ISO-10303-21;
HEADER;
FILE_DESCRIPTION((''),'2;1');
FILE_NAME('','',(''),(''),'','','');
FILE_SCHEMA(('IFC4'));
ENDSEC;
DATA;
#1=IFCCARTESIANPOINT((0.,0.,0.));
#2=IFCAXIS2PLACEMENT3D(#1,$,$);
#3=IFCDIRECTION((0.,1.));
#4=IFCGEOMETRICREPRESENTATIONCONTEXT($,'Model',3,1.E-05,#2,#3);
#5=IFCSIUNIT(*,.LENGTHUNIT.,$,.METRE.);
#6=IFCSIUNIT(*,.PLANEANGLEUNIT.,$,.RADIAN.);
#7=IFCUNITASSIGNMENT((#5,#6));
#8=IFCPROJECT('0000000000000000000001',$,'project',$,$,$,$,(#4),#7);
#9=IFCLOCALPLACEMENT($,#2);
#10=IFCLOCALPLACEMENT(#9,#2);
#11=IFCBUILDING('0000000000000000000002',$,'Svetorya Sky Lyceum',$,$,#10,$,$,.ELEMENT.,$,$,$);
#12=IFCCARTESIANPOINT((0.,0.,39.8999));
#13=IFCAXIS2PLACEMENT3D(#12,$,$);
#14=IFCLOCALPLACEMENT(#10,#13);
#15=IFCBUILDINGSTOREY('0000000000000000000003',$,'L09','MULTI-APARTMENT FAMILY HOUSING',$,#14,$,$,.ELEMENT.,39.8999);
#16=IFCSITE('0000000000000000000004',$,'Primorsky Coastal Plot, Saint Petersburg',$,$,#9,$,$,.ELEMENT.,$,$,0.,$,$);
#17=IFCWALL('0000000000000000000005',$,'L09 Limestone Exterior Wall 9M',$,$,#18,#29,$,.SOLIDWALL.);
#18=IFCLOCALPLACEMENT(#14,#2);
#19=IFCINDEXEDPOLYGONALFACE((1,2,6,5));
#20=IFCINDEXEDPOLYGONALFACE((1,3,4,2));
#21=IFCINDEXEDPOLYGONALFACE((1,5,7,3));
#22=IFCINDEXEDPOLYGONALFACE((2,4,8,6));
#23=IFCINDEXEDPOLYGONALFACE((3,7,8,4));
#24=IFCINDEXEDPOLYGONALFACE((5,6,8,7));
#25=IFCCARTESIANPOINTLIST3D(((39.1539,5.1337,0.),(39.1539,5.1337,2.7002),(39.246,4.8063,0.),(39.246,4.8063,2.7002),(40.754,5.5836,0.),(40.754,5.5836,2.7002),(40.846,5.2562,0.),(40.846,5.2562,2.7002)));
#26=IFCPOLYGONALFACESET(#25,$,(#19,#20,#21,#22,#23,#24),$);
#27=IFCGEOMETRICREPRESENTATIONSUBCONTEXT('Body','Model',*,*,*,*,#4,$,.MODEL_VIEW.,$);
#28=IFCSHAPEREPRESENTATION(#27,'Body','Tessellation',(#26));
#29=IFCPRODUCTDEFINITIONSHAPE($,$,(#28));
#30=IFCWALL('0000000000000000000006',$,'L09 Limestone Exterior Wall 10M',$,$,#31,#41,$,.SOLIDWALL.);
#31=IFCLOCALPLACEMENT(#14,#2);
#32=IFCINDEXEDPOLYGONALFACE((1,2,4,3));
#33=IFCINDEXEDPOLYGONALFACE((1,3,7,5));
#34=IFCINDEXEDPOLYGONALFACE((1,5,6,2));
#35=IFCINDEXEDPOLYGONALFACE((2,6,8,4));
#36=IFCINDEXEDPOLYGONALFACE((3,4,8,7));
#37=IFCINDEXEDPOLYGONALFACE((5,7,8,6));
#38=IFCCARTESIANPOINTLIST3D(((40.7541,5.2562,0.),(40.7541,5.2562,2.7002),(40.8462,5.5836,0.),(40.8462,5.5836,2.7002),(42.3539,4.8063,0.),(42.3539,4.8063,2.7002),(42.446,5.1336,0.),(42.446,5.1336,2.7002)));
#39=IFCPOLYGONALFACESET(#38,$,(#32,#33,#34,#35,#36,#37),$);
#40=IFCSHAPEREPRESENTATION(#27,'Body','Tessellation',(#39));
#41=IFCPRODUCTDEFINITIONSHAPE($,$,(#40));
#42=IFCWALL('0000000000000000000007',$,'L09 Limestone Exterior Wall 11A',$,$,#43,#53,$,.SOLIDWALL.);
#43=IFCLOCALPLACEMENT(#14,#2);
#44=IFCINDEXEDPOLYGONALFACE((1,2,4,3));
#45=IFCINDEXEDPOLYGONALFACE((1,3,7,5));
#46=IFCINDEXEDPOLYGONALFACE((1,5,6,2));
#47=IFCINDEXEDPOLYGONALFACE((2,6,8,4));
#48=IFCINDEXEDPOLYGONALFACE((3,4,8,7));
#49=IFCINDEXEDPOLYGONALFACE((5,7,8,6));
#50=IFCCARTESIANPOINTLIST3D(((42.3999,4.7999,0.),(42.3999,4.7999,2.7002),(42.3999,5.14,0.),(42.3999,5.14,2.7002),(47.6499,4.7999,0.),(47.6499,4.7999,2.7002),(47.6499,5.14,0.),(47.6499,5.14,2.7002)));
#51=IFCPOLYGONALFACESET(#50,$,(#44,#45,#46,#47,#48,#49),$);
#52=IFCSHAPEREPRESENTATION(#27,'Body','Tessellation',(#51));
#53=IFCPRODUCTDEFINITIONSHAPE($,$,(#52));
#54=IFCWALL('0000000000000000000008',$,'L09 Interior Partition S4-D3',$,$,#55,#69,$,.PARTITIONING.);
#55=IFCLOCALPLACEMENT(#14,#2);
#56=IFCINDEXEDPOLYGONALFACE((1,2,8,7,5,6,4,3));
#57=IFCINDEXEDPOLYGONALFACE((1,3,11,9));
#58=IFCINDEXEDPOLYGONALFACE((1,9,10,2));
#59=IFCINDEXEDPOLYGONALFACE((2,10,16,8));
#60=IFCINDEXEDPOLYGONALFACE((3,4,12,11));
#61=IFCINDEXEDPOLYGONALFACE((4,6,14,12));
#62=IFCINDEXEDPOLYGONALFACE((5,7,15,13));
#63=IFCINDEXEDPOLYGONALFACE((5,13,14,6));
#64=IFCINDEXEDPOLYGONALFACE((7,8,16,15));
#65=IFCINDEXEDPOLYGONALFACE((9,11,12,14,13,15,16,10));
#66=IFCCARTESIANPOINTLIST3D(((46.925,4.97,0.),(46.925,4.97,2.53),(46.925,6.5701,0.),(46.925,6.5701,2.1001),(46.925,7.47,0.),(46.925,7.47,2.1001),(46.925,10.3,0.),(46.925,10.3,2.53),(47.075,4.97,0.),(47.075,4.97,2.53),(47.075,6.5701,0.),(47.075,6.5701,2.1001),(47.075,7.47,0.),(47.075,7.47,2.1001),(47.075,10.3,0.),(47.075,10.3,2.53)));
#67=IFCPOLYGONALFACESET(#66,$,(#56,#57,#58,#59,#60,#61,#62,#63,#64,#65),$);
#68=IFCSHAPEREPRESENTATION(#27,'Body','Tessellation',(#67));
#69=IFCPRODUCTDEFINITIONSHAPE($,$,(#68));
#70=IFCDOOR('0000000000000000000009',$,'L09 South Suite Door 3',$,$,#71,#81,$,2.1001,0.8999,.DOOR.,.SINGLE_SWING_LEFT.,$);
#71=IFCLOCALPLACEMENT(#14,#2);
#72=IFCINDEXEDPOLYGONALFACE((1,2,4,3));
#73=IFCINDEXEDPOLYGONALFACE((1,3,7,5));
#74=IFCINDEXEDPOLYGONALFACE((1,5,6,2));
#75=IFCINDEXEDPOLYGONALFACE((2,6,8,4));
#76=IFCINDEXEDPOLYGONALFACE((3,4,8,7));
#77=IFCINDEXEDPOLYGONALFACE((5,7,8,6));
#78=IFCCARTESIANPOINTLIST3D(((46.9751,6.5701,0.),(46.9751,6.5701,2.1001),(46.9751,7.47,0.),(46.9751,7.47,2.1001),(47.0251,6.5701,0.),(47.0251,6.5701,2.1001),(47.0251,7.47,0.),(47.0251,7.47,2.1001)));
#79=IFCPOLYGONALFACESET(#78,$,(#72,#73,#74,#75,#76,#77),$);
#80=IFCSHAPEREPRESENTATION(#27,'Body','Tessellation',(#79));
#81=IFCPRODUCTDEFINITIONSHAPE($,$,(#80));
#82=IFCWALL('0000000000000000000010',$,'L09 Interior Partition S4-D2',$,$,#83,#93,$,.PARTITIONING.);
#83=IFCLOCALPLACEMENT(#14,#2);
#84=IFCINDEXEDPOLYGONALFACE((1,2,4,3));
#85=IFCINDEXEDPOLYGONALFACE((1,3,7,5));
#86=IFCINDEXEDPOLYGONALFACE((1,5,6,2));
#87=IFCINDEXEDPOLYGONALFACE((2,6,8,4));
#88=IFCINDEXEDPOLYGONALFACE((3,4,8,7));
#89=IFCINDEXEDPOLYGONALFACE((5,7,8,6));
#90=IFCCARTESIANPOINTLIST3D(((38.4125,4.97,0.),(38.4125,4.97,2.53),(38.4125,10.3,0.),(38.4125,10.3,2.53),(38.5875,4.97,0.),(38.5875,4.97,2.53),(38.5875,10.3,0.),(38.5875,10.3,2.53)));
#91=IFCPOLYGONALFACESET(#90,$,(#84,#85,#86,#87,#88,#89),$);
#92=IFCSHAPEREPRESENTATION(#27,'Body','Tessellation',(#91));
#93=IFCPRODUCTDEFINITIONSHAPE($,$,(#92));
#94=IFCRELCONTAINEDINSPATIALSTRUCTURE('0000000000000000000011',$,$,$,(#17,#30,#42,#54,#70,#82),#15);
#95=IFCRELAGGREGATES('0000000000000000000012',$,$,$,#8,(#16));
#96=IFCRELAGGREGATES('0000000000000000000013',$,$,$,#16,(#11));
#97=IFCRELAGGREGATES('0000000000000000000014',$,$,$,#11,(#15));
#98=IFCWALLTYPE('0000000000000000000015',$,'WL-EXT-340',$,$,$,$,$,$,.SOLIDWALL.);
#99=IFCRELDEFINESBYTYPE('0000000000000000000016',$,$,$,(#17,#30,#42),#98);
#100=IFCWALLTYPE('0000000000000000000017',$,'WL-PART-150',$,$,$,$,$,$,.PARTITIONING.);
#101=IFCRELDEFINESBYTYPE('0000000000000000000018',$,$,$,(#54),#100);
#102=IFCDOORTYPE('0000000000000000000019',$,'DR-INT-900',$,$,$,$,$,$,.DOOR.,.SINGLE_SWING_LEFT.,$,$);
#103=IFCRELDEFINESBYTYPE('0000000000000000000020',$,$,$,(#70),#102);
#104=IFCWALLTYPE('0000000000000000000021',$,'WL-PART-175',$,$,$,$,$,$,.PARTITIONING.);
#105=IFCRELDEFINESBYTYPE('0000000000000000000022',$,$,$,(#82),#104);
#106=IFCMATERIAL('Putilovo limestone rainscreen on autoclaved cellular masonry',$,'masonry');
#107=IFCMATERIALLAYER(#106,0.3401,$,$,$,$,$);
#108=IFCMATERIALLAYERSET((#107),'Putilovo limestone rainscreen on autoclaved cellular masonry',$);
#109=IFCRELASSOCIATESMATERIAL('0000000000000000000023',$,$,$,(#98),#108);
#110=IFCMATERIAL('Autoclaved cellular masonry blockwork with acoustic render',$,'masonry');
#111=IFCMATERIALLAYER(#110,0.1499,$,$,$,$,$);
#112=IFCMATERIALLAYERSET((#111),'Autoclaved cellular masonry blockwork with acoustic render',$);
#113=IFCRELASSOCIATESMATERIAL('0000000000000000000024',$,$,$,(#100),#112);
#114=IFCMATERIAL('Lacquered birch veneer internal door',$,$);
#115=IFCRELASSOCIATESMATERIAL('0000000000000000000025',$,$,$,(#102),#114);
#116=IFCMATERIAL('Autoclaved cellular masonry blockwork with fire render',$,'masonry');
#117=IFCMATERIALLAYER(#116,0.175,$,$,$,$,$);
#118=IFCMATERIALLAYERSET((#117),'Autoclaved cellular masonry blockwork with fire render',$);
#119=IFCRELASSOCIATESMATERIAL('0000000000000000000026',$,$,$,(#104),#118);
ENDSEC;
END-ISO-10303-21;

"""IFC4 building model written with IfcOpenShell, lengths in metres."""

from ifc_helpers import new_model, si_unit, direction, frame, frame_2d, origin, place, context, subcontext, project, spatial, rectangle, extrude, material, layer, layer_set, type_object, element, fill, save


model = new_model("IFC4")

# Units and contexts
model_context = context("Model", 3, precision=1e-05, world=origin(), true_north=direction((0.0, 1.0)))
body_context = subcontext(model_context, "Body", "Model", "MODEL_VIEW")
ifc_project = project(units=[si_unit("LENGTHUNIT", "METRE"), si_unit("PLANEANGLEUNIT", "RADIAN")], contexts=[model_context])

# Site, building, storey
site_placement = place(None, origin())
site = spatial("IfcSite", under=ifc_project, at=site_placement, Name="Primorsky Coastal Plot, Saint Petersburg", CompositionType="ELEMENT", RefElevation=0.0)
building_placement = place(site_placement, origin())
building = spatial("IfcBuilding", under=site, at=building_placement, Name="Svetorya Sky Lyceum", CompositionType="ELEMENT")
storey_placement = place(building_placement, frame((0.0, 0.0, 39.8999)))
storey = spatial("IfcBuildingStorey", under=building, at=storey_placement, Name="L09", Description="MULTI-APARTMENT FAMILY HOUSING", CompositionType="ELEMENT", Elevation=39.8999)

# Walls
ifc_material_1 = material(Name="Putilovo limestone rainscreen on autoclaved cellular masonry", Category="masonry")
ifc_layer_1 = layer(ifc_material_1, 0.3401)
ifc_layer_set_1 = layer_set([ifc_layer_1], Name="Putilovo limestone rainscreen on autoclaved cellular masonry")
wall_type_1 = type_object("IfcWallType", Name="WL-EXT-340", PredefinedType="SOLIDWALL", material=ifc_layer_set_1)
wall_1_placement = place(storey_placement, frame((39.2, 4.97, 0.0), z_axis=(0.0, 0.0, 1.0), x_axis=(0.962663, 0.270703, 0.0)))
element("IfcWall", 1, at=wall_1_placement, inside=storey, type_object=wall_type_1, Name="L09 Limestone Exterior Wall 9M", PredefinedType="SOLIDWALL", context=body_context, shape_type="SweptSolid", body=[
    extrude(rectangle(XDim=1.6621, YDim=0.3401, at=frame_2d((0.8311, 0.0))), origin(), (0.0, 0.0, 1.0), 2.7002),
])
wall_2_placement = place(storey_placement, frame((40.8, 5.4199, 0.0), z_axis=(0.0, 0.0, 1.0), x_axis=(0.962652, -0.270741, 0.0)))
element("IfcWall", 2, at=wall_2_placement, inside=storey, type_object=wall_type_1, Name="L09 Limestone Exterior Wall 10M", PredefinedType="SOLIDWALL", context=body_context, shape_type="SweptSolid", body=[
    extrude(rectangle(XDim=1.6619, YDim=0.3401, at=frame_2d((0.8311, 0.0))), origin(), (0.0, 0.0, 1.0), 2.7002),
])
wall_3_placement = place(storey_placement, frame((42.3999, 4.97, 0.0), z_axis=(0.0, 0.0, 1.0), x_axis=(1.0, 0.0, 0.0)))
element("IfcWall", 3, at=wall_3_placement, inside=storey, type_object=wall_type_1, Name="L09 Limestone Exterior Wall 11A", PredefinedType="SOLIDWALL", context=body_context, shape_type="SweptSolid", body=[
    extrude(rectangle(XDim=5.25, YDim=0.3401, at=frame_2d((2.625, 0.0))), origin(), (0.0, 0.0, 1.0), 2.7002),
])

# Wall, opening, door
ifc_material_2 = material(Name="Autoclaved cellular masonry blockwork with acoustic render", Category="masonry")
ifc_layer_2 = layer(ifc_material_2, 0.1499)
ifc_layer_set_2 = layer_set([ifc_layer_2], Name="Autoclaved cellular masonry blockwork with acoustic render")
wall_type_2 = type_object("IfcWallType", Name="WL-PART-150", PredefinedType="PARTITIONING", material=ifc_layer_set_2)
wall_4_placement = place(storey_placement, frame((47.0, 4.97, 0.0), z_axis=(0.0, 0.0, 1.0), x_axis=(0.0, 1.0, 0.0)))
wall_4 = element("IfcWall", 4, at=wall_4_placement, inside=storey, type_object=wall_type_2, Name="L09 Interior Partition S4-D3", PredefinedType="PARTITIONING", context=body_context, shape_type="SweptSolid", body=[
    extrude(rectangle(XDim=5.3301, YDim=0.1499, at=frame_2d((2.665, 0.0))), origin(), (0.0, 0.0, 1.0), 2.53),
])
opening_placement = place(wall_4_placement, frame((1.6001, 0.0, 0.0)))
opening = element("IfcOpeningElement", 5, at=opening_placement, cuts=wall_4, PredefinedType="OPENING", context=body_context, shape_type="SweptSolid", body=[
    extrude(rectangle(XDim=0.8999, YDim=2.1001, at=frame_2d((0.45, 1.05))), frame((0.0, 0.085, 0.0), z_axis=(0.0, -1.0, 0.0), x_axis=(1.0, 0.0, 0.0)), (0.0, 0.0, 1.0), 0.1699),
])
ifc_material_3 = material(Name="Lacquered birch veneer internal door")
door_type = type_object("IfcDoorType", Name="DR-INT-900", OperationType="SINGLE_SWING_LEFT", PredefinedType="DOOR", material=ifc_material_3)
door_placement = place(opening_placement, origin())
door = element("IfcDoor", 6, at=door_placement, inside=storey, type_object=door_type, Name="L09 South Suite Door 3", OperationType="SINGLE_SWING_LEFT", OverallHeight=2.1001, OverallWidth=0.8999, PredefinedType="DOOR", context=body_context, shape_type="SweptSolid", body=[
    extrude(rectangle(XDim=0.8999, YDim=2.1001, at=frame_2d((0.45, 1.05))), frame((0.0, 0.0249, 0.0), z_axis=(0.0, -1.0, 0.0), x_axis=(1.0, 0.0, 0.0)), (0.0, 0.0, 1.0), 0.05),
])
fill(opening, door)

# Wall
ifc_material_4 = material(Name="Autoclaved cellular masonry blockwork with fire render", Category="masonry")
ifc_layer_3 = layer(ifc_material_4, 0.175)
ifc_layer_set_3 = layer_set([ifc_layer_3], Name="Autoclaved cellular masonry blockwork with fire render")
wall_type_3 = type_object("IfcWallType", Name="WL-PART-175", PredefinedType="PARTITIONING", material=ifc_layer_set_3)
wall_5_placement = place(storey_placement, frame((38.5, 4.97, 0.0), z_axis=(0.0, 0.0, 1.0), x_axis=(0.0, 1.0, 0.0)))
element("IfcWall", 7, at=wall_5_placement, inside=storey, type_object=wall_type_3, Name="L09 Interior Partition S4-D2", PredefinedType="PARTITIONING", context=body_context, shape_type="SweptSolid", body=[
    extrude(rectangle(XDim=5.3301, YDim=0.175, at=frame_2d((2.665, 0.0))), origin(), (0.0, 0.0, 1.0), 2.53),
])

save(model, "model.ifc")
